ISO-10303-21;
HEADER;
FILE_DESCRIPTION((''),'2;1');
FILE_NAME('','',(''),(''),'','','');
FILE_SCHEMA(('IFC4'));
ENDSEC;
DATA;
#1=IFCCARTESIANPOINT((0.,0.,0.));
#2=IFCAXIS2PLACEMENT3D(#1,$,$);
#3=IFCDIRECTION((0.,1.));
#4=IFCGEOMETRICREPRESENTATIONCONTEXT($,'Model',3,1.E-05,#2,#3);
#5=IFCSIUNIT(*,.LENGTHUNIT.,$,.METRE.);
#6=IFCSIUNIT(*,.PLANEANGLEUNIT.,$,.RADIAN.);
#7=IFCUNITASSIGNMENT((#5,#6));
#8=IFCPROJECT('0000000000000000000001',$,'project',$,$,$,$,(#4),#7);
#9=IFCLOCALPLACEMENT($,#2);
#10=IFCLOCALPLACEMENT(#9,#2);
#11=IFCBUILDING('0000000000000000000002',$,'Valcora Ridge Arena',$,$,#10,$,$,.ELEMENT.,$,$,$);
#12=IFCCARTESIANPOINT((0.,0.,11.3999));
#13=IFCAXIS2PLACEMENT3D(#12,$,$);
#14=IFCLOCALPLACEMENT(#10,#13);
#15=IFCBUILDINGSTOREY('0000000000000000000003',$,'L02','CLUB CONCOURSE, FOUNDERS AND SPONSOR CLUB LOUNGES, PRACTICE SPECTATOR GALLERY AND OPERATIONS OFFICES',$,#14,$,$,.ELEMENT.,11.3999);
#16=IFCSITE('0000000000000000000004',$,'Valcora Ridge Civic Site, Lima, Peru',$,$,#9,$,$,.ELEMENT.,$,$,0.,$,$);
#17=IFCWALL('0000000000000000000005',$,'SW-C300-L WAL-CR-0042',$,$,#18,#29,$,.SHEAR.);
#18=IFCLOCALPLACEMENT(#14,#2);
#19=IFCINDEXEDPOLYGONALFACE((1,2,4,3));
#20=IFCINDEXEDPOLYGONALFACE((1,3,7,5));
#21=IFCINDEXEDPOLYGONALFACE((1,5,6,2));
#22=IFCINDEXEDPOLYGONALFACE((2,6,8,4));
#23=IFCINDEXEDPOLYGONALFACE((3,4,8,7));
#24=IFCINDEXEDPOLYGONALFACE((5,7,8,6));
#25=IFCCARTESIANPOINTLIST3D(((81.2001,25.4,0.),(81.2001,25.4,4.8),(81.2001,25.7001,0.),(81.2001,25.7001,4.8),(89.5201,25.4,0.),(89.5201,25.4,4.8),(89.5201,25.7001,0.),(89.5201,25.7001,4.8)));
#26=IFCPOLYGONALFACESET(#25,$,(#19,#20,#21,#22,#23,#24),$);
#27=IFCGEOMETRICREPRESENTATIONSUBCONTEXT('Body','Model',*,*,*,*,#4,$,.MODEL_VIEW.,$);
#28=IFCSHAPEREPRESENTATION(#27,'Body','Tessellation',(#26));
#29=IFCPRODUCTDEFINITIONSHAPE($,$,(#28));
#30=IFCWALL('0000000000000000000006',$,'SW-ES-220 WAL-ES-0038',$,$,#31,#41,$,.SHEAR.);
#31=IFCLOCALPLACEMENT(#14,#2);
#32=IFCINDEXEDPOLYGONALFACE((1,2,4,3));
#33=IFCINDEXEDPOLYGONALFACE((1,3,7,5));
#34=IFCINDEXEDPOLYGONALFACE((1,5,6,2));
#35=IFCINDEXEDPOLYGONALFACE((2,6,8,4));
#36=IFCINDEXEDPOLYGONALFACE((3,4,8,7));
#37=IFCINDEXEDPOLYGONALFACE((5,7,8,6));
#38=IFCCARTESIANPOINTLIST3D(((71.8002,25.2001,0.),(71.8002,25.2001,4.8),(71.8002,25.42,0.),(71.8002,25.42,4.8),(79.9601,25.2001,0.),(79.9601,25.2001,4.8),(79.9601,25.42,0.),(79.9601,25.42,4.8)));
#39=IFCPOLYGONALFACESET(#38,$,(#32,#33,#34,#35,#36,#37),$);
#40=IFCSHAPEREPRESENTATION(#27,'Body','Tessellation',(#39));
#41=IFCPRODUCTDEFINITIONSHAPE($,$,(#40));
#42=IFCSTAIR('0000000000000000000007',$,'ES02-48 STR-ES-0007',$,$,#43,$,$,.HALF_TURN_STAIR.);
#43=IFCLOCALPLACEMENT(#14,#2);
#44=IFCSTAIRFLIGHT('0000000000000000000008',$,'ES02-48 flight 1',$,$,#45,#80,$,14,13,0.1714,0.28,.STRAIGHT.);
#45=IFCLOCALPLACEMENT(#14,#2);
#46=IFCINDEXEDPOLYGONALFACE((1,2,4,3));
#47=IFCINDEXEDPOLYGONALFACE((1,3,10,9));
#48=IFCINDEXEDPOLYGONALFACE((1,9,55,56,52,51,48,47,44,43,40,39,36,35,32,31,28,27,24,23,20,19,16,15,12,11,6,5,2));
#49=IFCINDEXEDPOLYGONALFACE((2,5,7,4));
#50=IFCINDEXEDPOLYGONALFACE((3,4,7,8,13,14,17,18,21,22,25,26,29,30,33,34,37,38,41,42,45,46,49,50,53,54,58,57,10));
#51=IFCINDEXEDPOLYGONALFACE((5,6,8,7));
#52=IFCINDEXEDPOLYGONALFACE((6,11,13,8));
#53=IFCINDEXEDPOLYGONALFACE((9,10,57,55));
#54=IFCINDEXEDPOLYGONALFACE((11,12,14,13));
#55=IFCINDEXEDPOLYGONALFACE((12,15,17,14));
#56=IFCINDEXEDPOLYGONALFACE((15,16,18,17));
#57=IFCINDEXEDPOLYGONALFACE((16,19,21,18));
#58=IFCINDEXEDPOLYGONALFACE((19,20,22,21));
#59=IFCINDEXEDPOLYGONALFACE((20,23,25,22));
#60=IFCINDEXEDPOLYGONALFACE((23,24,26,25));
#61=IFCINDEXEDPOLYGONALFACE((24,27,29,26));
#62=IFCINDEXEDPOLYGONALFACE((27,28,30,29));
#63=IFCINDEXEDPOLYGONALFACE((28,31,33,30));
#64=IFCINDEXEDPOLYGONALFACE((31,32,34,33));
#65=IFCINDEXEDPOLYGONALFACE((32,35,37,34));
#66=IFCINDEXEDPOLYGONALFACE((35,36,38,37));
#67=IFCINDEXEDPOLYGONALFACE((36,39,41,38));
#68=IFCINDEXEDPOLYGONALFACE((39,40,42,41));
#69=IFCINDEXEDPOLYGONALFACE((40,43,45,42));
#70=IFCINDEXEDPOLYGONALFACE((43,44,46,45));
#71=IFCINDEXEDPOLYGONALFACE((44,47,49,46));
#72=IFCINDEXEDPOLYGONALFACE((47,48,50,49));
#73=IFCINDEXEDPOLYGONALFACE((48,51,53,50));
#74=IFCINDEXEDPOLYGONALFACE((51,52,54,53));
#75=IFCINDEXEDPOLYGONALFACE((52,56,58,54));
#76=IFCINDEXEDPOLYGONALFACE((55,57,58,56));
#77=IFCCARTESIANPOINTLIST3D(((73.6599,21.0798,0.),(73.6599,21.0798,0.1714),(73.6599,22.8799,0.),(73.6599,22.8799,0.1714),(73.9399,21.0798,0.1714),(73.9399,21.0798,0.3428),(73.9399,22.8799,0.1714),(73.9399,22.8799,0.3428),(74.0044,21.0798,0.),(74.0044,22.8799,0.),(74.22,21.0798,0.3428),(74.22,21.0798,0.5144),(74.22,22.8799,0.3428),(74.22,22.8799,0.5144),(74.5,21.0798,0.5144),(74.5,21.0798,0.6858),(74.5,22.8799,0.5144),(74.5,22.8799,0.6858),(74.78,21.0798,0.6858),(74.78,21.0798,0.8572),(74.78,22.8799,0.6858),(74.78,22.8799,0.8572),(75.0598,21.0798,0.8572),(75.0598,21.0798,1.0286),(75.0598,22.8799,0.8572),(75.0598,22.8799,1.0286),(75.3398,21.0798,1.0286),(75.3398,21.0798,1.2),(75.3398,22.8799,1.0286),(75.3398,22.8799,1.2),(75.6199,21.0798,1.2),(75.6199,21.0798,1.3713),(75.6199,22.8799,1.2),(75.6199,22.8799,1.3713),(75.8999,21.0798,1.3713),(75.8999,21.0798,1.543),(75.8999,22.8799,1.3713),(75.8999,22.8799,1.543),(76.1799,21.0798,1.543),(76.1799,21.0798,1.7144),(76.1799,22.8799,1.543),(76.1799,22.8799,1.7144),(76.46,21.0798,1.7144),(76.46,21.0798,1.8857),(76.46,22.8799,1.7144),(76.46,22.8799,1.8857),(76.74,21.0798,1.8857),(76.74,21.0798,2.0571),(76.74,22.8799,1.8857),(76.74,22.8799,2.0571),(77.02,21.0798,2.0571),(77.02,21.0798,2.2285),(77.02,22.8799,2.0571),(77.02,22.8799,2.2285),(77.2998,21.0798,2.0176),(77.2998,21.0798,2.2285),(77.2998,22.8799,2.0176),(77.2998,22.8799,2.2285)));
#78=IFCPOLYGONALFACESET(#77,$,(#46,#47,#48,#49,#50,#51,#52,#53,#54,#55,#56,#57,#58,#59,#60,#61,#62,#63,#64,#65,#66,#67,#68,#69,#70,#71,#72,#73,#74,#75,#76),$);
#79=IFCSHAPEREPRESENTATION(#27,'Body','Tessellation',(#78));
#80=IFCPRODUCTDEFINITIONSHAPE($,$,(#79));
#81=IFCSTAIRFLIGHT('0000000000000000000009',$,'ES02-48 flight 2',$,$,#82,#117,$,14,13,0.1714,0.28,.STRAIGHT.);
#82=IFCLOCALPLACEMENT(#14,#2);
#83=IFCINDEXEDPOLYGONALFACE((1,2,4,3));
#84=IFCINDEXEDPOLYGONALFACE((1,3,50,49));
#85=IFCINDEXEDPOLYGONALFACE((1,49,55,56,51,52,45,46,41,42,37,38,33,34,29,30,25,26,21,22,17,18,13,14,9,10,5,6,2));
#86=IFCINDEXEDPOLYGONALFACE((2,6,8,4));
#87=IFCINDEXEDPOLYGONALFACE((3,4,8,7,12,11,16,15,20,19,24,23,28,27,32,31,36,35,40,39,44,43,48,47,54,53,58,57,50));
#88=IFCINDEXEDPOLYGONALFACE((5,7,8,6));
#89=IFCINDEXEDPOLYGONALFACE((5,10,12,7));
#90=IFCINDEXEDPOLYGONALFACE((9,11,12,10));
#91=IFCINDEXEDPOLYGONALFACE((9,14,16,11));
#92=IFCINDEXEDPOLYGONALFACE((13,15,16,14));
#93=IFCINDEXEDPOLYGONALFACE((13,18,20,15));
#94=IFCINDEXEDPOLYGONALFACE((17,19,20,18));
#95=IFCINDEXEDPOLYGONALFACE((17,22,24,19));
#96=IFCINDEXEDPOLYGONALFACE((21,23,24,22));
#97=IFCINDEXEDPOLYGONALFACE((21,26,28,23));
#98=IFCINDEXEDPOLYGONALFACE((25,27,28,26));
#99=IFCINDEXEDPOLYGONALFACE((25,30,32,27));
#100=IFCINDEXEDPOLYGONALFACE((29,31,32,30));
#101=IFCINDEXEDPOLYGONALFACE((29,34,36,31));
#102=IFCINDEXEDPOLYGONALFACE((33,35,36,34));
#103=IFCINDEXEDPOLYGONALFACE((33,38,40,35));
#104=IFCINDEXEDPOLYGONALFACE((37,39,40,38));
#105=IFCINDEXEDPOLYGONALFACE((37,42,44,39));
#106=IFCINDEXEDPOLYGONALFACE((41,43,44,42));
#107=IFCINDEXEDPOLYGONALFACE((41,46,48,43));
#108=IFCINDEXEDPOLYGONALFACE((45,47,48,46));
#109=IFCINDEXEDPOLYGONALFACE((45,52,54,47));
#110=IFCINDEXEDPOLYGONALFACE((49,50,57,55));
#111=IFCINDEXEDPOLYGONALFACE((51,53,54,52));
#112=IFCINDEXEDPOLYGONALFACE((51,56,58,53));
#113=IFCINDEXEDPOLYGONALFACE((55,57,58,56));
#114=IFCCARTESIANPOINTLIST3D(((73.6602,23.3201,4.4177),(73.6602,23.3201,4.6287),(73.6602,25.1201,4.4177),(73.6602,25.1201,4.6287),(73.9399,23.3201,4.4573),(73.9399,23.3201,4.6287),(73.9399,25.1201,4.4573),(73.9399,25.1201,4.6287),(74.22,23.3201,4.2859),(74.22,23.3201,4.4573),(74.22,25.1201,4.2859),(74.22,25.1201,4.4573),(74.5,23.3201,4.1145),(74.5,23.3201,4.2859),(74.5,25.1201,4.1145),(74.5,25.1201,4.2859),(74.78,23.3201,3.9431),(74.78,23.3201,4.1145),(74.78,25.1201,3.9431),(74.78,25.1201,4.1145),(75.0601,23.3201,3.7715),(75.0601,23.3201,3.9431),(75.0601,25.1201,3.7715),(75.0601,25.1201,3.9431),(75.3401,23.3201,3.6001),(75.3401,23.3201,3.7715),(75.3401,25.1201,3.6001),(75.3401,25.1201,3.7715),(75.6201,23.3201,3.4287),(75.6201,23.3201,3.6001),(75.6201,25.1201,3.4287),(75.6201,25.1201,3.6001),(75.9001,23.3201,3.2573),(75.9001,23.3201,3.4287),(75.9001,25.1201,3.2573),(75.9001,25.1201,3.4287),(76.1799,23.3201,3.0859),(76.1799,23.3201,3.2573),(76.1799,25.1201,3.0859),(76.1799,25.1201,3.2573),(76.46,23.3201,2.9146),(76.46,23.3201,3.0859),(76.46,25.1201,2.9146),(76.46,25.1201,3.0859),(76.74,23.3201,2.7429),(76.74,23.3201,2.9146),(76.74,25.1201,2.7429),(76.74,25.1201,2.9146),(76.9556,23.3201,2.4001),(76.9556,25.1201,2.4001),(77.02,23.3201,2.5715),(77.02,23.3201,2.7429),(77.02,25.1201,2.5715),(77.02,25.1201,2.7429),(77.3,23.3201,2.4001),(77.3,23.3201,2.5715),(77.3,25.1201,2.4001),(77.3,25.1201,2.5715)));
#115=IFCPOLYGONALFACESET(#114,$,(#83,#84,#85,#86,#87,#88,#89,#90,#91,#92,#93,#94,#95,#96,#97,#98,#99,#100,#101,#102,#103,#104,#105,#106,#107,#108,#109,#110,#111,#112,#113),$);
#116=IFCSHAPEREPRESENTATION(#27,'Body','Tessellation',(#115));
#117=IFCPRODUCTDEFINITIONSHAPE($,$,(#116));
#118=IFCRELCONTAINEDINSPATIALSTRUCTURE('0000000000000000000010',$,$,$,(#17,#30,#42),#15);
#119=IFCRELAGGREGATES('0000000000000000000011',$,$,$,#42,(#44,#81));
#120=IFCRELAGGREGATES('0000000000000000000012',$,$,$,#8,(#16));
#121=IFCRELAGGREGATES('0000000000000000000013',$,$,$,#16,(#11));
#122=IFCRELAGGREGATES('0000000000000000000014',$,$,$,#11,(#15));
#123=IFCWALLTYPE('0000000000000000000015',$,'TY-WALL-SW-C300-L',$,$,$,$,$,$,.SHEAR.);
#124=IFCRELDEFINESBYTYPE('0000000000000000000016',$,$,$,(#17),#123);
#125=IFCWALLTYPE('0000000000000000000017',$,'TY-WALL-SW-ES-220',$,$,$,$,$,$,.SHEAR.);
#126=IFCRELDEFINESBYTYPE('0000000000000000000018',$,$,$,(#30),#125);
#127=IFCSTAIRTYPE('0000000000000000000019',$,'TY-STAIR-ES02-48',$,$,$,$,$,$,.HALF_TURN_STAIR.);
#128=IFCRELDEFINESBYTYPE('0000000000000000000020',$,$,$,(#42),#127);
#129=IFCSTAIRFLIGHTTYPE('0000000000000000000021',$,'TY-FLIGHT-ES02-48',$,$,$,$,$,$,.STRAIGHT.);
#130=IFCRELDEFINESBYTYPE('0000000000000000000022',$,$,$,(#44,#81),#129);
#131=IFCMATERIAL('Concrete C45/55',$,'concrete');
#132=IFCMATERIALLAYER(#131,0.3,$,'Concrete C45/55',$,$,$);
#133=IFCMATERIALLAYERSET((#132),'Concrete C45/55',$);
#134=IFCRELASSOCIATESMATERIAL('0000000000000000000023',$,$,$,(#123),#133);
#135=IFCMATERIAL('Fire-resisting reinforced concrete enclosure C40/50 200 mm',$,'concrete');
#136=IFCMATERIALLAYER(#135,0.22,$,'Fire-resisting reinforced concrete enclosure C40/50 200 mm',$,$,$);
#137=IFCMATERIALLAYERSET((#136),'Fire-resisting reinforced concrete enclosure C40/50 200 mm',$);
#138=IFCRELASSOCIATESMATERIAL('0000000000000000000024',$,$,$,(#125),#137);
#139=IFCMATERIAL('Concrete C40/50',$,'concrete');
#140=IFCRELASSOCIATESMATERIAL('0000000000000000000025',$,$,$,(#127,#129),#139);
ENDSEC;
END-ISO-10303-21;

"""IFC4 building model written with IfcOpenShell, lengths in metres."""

from ifc_helpers import new_model, si_unit, direction, frame, frame_2d, origin, place, context, subcontext, project, spatial, polyline, rectangle, outline, extrude, material, layer, layer_set, type_object, element, aggregate, save


model = new_model("IFC4")

# Units and contexts
model_context = context("Model", 3, precision=1e-05, world=origin(), true_north=direction((0.0, 1.0)))
body_context = subcontext(model_context, "Body", "Model", "MODEL_VIEW")
ifc_project = project(units=[si_unit("LENGTHUNIT", "METRE"), si_unit("PLANEANGLEUNIT", "RADIAN")], contexts=[model_context])

# Site, building, storey
site_placement = place(None, origin())
site = spatial("IfcSite", under=ifc_project, at=site_placement, Name="Valcora Ridge Civic Site, Lima, Peru", CompositionType="ELEMENT", RefElevation=0.0)
building_placement = place(site_placement, origin())
building = spatial("IfcBuilding", under=site, at=building_placement, Name="Valcora Ridge Arena", CompositionType="ELEMENT")
storey_placement = place(building_placement, frame((0.0, 0.0, 11.3999)))
storey = spatial("IfcBuildingStorey", under=building, at=storey_placement, Name="L02", Description="CLUB CONCOURSE, FOUNDERS AND SPONSOR CLUB LOUNGES, PRACTICE SPECTATOR GALLERY AND OPERATIONS OFFICES", CompositionType="ELEMENT", Elevation=11.3999)

# Shared definitions
ifc_material_1 = material(Name="Concrete C40/50", Category="concrete")

# Walls
ifc_material_2 = material(Name="Concrete C45/55", Category="concrete")
ifc_layer_1 = layer(ifc_material_2, 0.3, Name="Concrete C45/55")
ifc_layer_set_1 = layer_set([ifc_layer_1], Name="Concrete C45/55")
wall_type_1 = type_object("IfcWallType", Name="TY-WALL-SW-C300-L", PredefinedType="SHEAR", material=ifc_layer_set_1)
wall_1_placement = place(storey_placement, frame((81.2, 25.55, 0.0), z_axis=(0.0, 0.0, 1.0), x_axis=(1.0, 0.0, 0.0)))
element("IfcWall", 1, at=wall_1_placement, inside=storey, type_object=wall_type_1, Name="SW-C300-L WAL-CR-0042", PredefinedType="SHEAR", context=body_context, shape_type="SweptSolid", body=[
    extrude(rectangle(XDim=8.3201, YDim=0.3, at=frame_2d((4.1602, 0.0))), origin(), (0.0, 0.0, 1.0), 4.8),
])
ifc_material_3 = material(Name="Fire-resisting reinforced concrete enclosure C40/50 200 mm", Category="concrete")
ifc_layer_2 = layer(ifc_material_3, 0.22, Name="Fire-resisting reinforced concrete enclosure C40/50 200 mm")
ifc_layer_set_2 = layer_set([ifc_layer_2], Name="Fire-resisting reinforced concrete enclosure C40/50 200 mm")
wall_type_2 = type_object("IfcWallType", Name="TY-WALL-SW-ES-220", PredefinedType="SHEAR", material=ifc_layer_set_2)
wall_2_placement = place(storey_placement, frame((71.8, 25.3101, 0.0), z_axis=(0.0, 0.0, 1.0), x_axis=(1.0, 0.0, 0.0)))
element("IfcWall", 2, at=wall_2_placement, inside=storey, type_object=wall_type_2, Name="SW-ES-220 WAL-ES-0038", PredefinedType="SHEAR", context=body_context, shape_type="SweptSolid", body=[
    extrude(rectangle(XDim=8.1599, YDim=0.22, at=frame_2d((4.0801, 0.0))), origin(), (0.0, 0.0, 1.0), 4.8),
])

# Stair, stair flights
stair_type = type_object("IfcStairType", Name="TY-STAIR-ES02-48", PredefinedType="HALF_TURN_STAIR", material=ifc_material_1)
stair_placement = place(storey_placement, origin())
stair = element("IfcStair", 3, at=stair_placement, inside=storey, type_object=stair_type, Name="ES02-48 STR-ES-0007", PredefinedType="HALF_TURN_STAIR")
stair_flight_type = type_object("IfcStairFlightType", Name="TY-FLIGHT-ES02-48", PredefinedType="STRAIGHT", material=ifc_material_1)
stair_flight_1_placement = place(storey_placement, frame((73.6599, 21.98, 0.0), z_axis=(0.0, 0.0, 1.0), x_axis=(1.0, 0.0, 0.0)))
stair_flight_1 = element("IfcStairFlight", 4, at=stair_flight_1_placement, type_object=stair_flight_type, Name="ES02-48 flight 1", NumberOfRisers=14, NumberOfTreads=13, PredefinedType="STRAIGHT", RiserHeight=0.1714, TreadLength=0.28, context=body_context, shape_type="SweptSolid", body=[
    extrude(outline(polyline([(0.0, 0.0), (0.0, 0.1714), (0.28, 0.1714), (0.28, 0.3428), (0.5601, 0.3428), (0.5601, 0.5144), (0.8401, 0.5144), (0.8401, 0.6858), (1.1201, 0.6858), (1.1201, 0.8572), (1.3999, 0.8572), (1.3999, 1.0286), (1.6799, 1.0286), (1.6799, 1.2), (1.96, 1.2), (1.96, 1.3713), (2.24, 1.3713), (2.24, 1.543), (2.52, 1.543), (2.52, 1.7144), (2.8, 1.7144), (2.8, 1.8857), (3.0801, 1.8857), (3.0801, 2.0571), (3.3601, 2.0571), (3.3601, 2.2285), (3.6399, 2.2285), (3.6399, 2.3999), (3.6399, 2.0176), (0.3445, 0.0), (0.0, 0.0)])), frame((0.0, 0.8999, 0.0), z_axis=(0.0, -1.0, 0.0), x_axis=(1.0, 0.0, 0.0)), (0.0, 0.0, 1.0), 1.8),
])
stair_flight_2_placement = place(storey_placement, frame((77.3, 24.22, 2.4001), z_axis=(0.0, 0.0, 1.0), x_axis=(-1.0, 0.0, 0.0)))
stair_flight_2 = element("IfcStairFlight", 5, at=stair_flight_2_placement, type_object=stair_flight_type, Name="ES02-48 flight 2", NumberOfRisers=14, NumberOfTreads=13, PredefinedType="STRAIGHT", RiserHeight=0.1714, TreadLength=0.28, context=body_context, shape_type="SweptSolid", body=[
    extrude(outline(polyline([(0.0, 0.0), (0.0, 0.1714), (0.28, 0.1714), (0.28, 0.3428), (0.5601, 0.3428), (0.5601, 0.5144), (0.8401, 0.5144), (0.8401, 0.6858), (1.1201, 0.6858), (1.1201, 0.8572), (1.3999, 0.8572), (1.3999, 1.0286), (1.6799, 1.0286), (1.6799, 1.2), (1.96, 1.2), (1.96, 1.3713), (2.24, 1.3713), (2.24, 1.543), (2.52, 1.543), (2.52, 1.7144), (2.8, 1.7144), (2.8, 1.8857), (3.0801, 1.8857), (3.0801, 2.0571), (3.3601, 2.0571), (3.3601, 2.2285), (3.6399, 2.2285), (3.6399, 2.3999), (3.6399, 2.0176), (0.3445, 0.0), (0.0, 0.0)])), frame((0.0, 0.8999, 0.0), z_axis=(0.0, -1.0, 0.0), x_axis=(1.0, 0.0, 0.0)), (0.0, 0.0, 1.0), 1.8),
])
aggregate(stair, [stair_flight_1, stair_flight_2])

save(model, "model.ifc")
